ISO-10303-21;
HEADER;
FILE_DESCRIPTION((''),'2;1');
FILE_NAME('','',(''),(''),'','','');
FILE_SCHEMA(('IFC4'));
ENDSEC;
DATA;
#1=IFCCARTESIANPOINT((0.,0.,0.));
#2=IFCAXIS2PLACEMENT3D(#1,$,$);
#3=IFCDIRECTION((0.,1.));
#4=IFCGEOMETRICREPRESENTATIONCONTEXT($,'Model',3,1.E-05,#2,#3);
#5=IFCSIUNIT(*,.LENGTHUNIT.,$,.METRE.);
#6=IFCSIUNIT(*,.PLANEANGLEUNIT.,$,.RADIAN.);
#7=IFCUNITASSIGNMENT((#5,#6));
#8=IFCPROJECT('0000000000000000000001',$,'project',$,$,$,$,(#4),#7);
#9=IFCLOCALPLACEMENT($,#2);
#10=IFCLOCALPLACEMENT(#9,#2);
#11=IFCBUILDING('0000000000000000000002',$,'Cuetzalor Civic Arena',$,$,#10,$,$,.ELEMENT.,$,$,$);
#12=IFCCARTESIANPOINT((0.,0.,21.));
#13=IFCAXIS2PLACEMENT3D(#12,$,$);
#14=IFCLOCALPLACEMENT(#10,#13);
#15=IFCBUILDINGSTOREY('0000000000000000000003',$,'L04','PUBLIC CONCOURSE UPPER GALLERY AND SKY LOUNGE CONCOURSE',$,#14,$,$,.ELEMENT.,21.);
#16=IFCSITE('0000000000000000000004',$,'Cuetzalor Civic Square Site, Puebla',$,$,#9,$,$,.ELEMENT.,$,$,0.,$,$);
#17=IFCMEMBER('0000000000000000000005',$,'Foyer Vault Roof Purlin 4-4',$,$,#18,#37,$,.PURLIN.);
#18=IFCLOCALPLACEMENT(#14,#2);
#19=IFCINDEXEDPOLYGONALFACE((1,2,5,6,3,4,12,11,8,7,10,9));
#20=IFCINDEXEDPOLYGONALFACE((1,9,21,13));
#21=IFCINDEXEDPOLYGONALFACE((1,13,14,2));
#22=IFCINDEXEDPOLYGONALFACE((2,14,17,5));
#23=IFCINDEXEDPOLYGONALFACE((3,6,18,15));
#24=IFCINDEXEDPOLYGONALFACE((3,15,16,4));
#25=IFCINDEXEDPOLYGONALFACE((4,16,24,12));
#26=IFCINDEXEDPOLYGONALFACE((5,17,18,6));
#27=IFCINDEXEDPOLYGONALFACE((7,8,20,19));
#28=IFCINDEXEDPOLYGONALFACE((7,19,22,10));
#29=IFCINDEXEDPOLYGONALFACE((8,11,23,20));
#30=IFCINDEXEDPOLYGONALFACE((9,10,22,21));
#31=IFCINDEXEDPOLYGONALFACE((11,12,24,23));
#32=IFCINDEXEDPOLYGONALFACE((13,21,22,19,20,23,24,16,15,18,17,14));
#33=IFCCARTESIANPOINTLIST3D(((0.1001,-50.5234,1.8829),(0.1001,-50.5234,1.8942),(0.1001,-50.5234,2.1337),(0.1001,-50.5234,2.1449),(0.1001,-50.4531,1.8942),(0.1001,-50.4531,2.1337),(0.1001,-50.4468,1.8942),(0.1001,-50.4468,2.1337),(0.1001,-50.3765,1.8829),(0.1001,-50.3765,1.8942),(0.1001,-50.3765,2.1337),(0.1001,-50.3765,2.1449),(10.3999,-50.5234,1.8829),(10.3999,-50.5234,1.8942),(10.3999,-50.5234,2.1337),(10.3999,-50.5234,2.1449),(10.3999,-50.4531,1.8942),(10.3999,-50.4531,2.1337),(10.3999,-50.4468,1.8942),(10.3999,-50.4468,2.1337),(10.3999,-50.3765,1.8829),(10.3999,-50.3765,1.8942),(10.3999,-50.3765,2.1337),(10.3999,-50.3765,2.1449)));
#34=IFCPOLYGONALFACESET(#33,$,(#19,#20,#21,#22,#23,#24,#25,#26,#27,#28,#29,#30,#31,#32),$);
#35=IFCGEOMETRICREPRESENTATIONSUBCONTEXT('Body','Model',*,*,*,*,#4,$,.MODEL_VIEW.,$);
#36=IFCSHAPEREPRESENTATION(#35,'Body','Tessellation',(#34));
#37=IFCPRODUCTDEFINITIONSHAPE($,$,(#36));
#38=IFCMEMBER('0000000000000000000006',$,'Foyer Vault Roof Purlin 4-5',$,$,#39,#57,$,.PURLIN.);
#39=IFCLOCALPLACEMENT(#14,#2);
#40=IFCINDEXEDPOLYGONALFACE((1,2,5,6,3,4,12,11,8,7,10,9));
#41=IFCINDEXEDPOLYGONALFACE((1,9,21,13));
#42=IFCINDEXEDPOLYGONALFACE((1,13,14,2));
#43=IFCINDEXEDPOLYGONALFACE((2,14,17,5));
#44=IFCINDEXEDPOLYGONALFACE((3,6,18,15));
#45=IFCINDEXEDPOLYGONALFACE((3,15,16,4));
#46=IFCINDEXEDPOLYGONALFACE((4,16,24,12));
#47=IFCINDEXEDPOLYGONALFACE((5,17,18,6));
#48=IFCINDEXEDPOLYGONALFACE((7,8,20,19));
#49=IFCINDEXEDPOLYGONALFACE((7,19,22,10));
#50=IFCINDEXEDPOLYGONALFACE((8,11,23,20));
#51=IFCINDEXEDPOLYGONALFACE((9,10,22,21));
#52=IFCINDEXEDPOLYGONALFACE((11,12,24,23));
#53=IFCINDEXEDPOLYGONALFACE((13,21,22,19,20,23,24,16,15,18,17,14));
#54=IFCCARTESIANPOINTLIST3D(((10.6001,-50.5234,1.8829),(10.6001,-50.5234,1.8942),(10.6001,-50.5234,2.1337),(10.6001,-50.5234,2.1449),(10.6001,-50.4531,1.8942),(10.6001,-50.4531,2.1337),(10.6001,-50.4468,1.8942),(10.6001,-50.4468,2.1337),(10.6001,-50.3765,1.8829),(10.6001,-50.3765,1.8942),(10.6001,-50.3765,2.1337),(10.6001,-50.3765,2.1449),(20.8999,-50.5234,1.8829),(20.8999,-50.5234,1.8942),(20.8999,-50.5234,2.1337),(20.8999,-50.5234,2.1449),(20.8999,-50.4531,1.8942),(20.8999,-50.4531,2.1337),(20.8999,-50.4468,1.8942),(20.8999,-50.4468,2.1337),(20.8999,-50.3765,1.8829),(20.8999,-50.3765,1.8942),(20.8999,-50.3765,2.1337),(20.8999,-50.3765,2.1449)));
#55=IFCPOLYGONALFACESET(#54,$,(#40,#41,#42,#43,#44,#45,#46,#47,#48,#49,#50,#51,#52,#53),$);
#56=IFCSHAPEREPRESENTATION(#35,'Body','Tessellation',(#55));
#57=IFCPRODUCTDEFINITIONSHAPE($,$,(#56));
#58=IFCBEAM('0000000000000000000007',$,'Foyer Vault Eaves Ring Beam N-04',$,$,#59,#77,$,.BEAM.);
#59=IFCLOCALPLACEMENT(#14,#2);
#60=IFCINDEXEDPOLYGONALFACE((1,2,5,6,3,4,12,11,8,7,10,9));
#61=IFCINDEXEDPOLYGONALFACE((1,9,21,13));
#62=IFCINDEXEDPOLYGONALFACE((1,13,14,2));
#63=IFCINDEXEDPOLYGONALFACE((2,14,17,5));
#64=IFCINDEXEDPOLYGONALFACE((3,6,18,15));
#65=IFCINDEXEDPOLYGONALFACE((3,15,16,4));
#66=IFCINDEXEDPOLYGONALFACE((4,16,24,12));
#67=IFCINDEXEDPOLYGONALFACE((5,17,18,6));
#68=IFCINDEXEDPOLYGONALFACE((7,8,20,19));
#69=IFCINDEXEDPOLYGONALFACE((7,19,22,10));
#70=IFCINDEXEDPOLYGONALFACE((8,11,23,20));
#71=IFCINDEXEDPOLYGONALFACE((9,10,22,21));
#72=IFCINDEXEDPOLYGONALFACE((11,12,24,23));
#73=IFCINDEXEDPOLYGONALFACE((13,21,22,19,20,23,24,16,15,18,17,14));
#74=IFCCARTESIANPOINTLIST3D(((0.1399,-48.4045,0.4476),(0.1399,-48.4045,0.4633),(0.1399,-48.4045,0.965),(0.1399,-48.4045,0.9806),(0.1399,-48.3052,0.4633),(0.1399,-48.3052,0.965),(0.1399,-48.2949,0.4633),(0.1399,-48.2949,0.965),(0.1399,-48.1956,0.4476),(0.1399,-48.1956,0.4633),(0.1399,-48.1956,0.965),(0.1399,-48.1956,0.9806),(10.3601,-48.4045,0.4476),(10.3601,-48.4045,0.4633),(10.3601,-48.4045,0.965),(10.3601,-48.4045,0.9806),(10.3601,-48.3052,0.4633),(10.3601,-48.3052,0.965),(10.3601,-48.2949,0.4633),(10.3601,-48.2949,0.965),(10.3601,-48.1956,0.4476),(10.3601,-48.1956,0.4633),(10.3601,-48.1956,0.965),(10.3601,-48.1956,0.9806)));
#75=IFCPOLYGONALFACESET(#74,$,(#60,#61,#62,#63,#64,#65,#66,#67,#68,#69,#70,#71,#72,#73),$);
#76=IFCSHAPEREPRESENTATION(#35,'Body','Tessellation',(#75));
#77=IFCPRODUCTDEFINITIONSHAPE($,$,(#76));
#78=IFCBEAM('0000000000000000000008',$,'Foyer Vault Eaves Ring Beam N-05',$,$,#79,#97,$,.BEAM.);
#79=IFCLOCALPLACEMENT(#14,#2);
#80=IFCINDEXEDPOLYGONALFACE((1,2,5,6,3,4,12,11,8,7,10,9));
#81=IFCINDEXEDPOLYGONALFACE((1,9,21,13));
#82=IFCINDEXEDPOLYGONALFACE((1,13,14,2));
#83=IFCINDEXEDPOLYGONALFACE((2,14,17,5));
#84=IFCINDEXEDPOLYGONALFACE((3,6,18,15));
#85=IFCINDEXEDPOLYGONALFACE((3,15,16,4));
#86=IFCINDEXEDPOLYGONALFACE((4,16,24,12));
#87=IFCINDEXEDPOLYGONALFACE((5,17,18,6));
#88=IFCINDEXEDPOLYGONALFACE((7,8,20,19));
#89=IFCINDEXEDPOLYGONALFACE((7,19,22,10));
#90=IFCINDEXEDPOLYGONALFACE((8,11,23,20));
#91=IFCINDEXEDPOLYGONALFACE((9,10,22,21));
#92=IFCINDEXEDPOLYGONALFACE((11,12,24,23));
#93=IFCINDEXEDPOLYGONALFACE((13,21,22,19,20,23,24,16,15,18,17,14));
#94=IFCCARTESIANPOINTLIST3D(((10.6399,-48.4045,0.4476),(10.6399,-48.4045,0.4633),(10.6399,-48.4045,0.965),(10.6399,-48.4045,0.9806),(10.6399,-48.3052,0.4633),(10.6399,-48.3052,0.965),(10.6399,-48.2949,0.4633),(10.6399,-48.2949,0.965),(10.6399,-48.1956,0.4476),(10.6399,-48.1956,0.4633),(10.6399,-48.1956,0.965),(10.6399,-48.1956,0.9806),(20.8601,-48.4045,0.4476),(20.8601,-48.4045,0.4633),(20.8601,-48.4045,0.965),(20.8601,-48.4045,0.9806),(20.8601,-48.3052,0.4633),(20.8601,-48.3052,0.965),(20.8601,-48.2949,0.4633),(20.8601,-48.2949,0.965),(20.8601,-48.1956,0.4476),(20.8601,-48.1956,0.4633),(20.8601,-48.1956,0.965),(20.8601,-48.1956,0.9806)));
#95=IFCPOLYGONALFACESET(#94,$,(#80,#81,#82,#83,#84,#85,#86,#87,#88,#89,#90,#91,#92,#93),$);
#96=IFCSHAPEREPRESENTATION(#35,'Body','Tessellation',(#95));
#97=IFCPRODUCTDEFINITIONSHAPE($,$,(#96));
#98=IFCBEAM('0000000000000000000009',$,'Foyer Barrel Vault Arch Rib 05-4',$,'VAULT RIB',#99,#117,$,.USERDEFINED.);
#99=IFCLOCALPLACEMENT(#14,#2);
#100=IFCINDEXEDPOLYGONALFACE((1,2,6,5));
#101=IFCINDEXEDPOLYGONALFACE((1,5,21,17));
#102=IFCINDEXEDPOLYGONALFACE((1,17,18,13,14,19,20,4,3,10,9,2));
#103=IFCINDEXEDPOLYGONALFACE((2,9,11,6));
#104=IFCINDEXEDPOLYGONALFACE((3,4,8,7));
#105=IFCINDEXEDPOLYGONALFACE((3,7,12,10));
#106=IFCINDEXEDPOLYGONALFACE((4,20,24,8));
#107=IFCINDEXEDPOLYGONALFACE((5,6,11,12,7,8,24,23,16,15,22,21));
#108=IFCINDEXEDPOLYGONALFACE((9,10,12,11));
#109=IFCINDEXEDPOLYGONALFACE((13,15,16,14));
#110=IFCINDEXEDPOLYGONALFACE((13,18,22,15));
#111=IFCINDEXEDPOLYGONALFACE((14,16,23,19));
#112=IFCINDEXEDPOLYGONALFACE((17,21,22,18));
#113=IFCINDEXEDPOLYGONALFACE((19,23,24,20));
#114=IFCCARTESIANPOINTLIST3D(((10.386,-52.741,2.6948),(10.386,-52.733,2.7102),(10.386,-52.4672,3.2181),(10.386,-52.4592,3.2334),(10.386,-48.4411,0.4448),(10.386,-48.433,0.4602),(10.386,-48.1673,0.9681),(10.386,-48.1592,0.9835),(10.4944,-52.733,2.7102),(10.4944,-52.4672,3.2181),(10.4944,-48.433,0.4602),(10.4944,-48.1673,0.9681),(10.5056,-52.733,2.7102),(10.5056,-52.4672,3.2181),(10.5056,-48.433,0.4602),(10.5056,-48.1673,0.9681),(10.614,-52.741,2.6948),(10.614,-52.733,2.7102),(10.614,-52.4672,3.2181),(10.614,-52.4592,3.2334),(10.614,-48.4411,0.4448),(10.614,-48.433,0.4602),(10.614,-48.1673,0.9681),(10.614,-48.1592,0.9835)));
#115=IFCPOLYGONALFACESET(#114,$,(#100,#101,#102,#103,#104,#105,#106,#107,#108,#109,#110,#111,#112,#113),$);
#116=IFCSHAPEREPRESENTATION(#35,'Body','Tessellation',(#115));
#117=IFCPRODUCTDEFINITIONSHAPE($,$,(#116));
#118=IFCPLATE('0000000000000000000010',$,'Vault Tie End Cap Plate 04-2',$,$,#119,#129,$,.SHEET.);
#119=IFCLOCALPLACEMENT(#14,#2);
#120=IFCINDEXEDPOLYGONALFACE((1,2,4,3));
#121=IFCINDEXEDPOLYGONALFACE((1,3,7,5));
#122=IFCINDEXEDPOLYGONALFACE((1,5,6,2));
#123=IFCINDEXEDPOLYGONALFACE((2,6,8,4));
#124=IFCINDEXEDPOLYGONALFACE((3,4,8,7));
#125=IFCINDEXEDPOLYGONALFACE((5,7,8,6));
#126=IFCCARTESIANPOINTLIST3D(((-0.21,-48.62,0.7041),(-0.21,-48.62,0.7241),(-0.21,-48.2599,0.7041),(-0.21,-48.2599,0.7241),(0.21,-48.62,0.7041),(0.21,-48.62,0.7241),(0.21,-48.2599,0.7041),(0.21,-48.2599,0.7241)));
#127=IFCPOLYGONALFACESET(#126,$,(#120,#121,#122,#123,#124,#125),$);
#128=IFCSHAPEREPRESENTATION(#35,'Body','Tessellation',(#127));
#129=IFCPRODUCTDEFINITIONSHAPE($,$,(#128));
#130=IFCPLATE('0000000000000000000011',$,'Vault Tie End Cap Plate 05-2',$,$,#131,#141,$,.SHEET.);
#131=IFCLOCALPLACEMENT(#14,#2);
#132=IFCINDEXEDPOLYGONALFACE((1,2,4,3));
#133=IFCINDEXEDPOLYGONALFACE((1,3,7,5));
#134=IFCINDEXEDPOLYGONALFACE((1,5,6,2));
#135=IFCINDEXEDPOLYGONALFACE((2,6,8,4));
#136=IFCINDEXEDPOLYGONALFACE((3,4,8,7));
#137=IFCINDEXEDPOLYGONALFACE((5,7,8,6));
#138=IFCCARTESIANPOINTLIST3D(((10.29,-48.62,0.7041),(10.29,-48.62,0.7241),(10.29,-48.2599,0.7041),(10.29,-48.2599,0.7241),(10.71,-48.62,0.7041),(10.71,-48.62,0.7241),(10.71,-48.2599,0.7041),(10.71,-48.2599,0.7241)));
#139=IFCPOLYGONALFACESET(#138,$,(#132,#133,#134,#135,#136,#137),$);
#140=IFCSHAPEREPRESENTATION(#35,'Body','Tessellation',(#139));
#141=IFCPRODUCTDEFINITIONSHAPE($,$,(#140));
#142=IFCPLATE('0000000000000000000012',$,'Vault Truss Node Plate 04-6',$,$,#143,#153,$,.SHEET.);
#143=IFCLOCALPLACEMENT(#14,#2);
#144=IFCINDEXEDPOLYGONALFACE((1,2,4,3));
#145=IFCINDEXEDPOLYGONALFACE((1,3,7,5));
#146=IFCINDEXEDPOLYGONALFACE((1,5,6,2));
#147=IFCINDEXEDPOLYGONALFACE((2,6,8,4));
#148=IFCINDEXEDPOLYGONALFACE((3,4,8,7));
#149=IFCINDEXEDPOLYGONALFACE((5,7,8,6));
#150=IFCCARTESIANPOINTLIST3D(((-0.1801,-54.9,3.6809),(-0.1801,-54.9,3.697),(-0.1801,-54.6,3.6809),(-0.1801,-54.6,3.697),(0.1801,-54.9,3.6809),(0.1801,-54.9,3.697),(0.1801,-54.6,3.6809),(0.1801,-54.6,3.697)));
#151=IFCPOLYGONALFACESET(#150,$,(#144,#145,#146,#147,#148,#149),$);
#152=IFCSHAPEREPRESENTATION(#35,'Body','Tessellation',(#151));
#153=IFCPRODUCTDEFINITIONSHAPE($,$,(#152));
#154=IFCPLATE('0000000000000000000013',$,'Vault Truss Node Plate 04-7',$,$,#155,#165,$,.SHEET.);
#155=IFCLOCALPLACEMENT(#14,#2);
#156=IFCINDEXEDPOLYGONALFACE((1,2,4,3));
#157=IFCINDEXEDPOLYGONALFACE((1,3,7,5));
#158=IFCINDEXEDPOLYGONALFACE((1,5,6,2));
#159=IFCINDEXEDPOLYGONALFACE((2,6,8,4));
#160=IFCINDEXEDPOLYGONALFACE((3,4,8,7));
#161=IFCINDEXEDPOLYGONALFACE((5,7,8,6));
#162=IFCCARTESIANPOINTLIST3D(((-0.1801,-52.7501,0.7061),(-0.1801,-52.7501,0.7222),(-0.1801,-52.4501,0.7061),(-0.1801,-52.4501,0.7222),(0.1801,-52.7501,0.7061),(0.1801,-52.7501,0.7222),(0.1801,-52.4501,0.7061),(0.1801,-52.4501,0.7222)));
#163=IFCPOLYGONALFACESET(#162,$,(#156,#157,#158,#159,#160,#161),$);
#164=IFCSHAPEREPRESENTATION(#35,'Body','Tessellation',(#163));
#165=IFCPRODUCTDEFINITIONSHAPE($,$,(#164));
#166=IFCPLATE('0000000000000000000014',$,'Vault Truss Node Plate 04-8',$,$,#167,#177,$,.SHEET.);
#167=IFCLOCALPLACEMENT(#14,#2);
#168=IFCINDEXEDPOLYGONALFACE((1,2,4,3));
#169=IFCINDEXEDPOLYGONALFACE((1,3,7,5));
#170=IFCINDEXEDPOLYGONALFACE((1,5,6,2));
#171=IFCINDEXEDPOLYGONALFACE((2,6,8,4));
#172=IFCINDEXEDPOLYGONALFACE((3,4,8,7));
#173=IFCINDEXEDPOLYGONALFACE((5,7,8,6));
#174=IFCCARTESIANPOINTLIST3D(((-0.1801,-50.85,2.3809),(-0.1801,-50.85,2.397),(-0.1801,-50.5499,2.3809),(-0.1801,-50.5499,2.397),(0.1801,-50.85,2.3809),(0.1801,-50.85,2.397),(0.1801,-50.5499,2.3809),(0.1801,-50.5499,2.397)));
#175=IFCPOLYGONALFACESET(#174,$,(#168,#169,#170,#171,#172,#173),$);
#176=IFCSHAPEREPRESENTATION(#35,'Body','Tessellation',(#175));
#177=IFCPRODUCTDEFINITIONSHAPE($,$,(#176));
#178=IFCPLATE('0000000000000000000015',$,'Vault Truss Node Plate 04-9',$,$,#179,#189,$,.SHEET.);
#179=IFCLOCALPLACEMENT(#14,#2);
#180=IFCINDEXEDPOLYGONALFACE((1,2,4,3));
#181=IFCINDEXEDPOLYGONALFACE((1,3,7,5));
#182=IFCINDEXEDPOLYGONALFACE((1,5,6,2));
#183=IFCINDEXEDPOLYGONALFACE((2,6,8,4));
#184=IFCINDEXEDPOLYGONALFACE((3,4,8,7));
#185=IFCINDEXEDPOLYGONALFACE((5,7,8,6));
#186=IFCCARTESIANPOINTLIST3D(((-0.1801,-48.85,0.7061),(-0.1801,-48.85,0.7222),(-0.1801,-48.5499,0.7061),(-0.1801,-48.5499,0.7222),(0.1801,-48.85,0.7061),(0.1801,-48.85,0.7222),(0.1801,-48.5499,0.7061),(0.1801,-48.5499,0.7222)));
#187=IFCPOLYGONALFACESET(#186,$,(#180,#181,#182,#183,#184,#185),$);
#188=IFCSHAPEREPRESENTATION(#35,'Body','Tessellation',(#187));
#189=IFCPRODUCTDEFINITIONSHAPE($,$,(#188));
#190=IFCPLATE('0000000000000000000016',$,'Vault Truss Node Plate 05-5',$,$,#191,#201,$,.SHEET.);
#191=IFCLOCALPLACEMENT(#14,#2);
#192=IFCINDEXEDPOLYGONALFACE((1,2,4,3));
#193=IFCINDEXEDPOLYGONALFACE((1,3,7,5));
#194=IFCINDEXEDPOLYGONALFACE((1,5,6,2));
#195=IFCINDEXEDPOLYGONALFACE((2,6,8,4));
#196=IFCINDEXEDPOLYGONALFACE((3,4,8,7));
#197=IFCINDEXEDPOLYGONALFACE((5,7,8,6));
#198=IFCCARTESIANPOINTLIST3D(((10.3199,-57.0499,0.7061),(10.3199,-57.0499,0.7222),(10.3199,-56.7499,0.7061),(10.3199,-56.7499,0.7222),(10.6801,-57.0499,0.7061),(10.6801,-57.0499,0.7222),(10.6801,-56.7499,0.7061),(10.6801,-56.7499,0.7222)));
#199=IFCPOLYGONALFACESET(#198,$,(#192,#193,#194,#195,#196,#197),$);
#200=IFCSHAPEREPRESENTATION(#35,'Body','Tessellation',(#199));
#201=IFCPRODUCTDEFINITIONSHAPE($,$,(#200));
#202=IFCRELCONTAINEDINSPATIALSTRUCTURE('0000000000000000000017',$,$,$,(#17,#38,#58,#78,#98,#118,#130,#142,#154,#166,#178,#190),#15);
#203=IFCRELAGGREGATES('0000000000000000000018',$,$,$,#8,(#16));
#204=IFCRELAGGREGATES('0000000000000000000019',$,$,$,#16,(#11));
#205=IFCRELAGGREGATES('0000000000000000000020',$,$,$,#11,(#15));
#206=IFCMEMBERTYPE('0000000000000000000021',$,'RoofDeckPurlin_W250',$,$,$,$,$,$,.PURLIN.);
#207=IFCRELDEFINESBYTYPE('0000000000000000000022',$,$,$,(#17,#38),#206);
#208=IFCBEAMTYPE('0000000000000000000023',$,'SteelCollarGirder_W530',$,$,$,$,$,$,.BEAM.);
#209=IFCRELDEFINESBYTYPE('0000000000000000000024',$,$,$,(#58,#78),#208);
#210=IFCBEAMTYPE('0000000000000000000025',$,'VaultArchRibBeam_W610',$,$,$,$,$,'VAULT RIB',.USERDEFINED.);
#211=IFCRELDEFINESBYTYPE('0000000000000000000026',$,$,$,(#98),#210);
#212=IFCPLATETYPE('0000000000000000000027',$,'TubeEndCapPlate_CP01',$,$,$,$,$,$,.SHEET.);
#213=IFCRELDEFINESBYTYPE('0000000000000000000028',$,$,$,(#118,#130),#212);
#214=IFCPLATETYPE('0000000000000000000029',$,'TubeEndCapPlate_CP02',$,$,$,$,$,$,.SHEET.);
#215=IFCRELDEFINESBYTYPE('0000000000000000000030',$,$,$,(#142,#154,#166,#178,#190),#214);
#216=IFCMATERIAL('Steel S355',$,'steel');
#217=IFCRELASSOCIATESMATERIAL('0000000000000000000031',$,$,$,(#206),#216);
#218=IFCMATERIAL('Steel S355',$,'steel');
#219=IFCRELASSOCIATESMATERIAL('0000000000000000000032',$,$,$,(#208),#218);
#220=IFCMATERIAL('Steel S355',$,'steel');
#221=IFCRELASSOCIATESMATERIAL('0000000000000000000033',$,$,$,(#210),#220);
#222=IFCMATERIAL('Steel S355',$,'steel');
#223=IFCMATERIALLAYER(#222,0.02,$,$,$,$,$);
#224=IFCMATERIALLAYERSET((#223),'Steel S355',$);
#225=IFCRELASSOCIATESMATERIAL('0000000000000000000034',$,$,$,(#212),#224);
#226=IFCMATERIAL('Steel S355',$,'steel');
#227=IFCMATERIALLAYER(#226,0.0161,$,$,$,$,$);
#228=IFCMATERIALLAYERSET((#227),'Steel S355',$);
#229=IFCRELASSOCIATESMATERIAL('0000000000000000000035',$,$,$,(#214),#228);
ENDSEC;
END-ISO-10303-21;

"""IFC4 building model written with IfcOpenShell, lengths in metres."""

from ifc_helpers import new_model, si_unit, direction, frame, origin, origin_2d, place, context, subcontext, project, spatial, rectangle, i_section, extrude, material, layer, layer_set, material_profile, profile_set, type_object, element, save


model = new_model("IFC4")

# Units and contexts
model_context = context("Model", 3, precision=1e-05, world=origin(), true_north=direction((0.0, 1.0)))
body_context = subcontext(model_context, "Body", "Model", "MODEL_VIEW")
ifc_project = project(units=[si_unit("LENGTHUNIT", "METRE"), si_unit("PLANEANGLEUNIT", "RADIAN")], contexts=[model_context])

# Site, building, storey
site_placement = place(None, origin())
site = spatial("IfcSite", under=ifc_project, at=site_placement, Name="Cuetzalor Civic Square Site, Puebla", CompositionType="ELEMENT", RefElevation=0.0)
building_placement = place(site_placement, origin())
building = spatial("IfcBuilding", under=site, at=building_placement, Name="Cuetzalor Civic Arena", CompositionType="ELEMENT")
storey_placement = place(building_placement, frame((0.0, 0.0, 21.0)))
storey = spatial("IfcBuildingStorey", under=building, at=storey_placement, Name="L04", Description="PUBLIC CONCOURSE UPPER GALLERY AND SKY LOUNGE CONCOURSE", CompositionType="ELEMENT", Elevation=21.0)

# Members
ifc_material_1 = material(Name="Steel S355", Category="steel")
ifc_material_profile_1 = material_profile(ifc_material_1, i_section(OverallWidth=0.147, OverallDepth=0.262, WebThickness=0.0063, FlangeThickness=0.0112, at=origin_2d()), Name="W250x39")
ifc_profile_set_1 = profile_set([ifc_material_profile_1], Name="Steel S355")
member_type_1 = type_object("IfcMemberType", Name="RoofDeckPurlin_W250", PredefinedType="PURLIN", material=ifc_profile_set_1)
for number, where, z_axis, x_axis, name in (
    (1, (0.1001, -50.45, 2.0139), (1.0, 0.0, 0.0), (0.0, 1.0, 0.0), "Foyer Vault Roof Purlin 4-4"),
    (2, (10.6001, -50.45, 2.0139), (1.0, 0.0, 0.0), (0.0, 1.0, 0.0), "Foyer Vault Roof Purlin 4-5"),
):
    element("IfcMember", number, at=place(storey_placement, frame(where, z_axis=z_axis, x_axis=x_axis)), inside=storey, type_object=member_type_1, Name=name, PredefinedType="PURLIN", context=body_context, shape_type="SweptSolid", body=[
        extrude(i_section(OverallWidth=0.147, OverallDepth=0.262, WebThickness=0.0063, FlangeThickness=0.0112, at=origin_2d()), origin(), (0.0, 0.0, 1.0), 10.2998),
    ])

# Beams
ifc_material_2 = material(Name="Steel S355", Category="steel")
ifc_material_profile_2 = material_profile(ifc_material_2, i_section(OverallWidth=0.209, OverallDepth=0.533, WebThickness=0.0103, FlangeThickness=0.0156, at=origin_2d()), Name="W530x92")
ifc_profile_set_2 = profile_set([ifc_material_profile_2], Name="Steel S355")
beam_type_1 = type_object("IfcBeamType", Name="SteelCollarGirder_W530", PredefinedType="BEAM", material=ifc_profile_set_2)
for number, where, z_axis, x_axis, name in (
    (3, (0.1399, -48.3, 0.7141), (1.0, 0.0, 0.0), (0.0, 1.0, 0.0), "Foyer Vault Eaves Ring Beam N-04"),
    (4, (10.6399, -48.3, 0.7141), (1.0, 0.0, 0.0), (0.0, 1.0, 0.0), "Foyer Vault Eaves Ring Beam N-05"),
):
    element("IfcBeam", number, at=place(storey_placement, frame(where, z_axis=z_axis, x_axis=x_axis)), inside=storey, type_object=beam_type_1, Name=name, PredefinedType="BEAM", context=body_context, shape_type="SweptSolid", body=[
        extrude(i_section(OverallWidth=0.209, OverallDepth=0.533, WebThickness=0.0103, FlangeThickness=0.0156, at=origin_2d()), origin(), (0.0, 0.0, 1.0), 10.2202),
    ])
ifc_material_3 = material(Name="Steel S355", Category="steel")
ifc_material_profile_3 = material_profile(ifc_material_3, i_section(OverallWidth=0.228, OverallDepth=0.6079, WebThickness=0.0112, FlangeThickness=0.0173, at=origin_2d()), Name="W610x113")
ifc_profile_set_3 = profile_set([ifc_material_profile_3], Name="Steel S355")
beam_type_2 = type_object("IfcBeamType", Name="VaultArchRibBeam_W610", ElementType="VAULT RIB", PredefinedType="USERDEFINED", material=ifc_profile_set_3)
beam_1_placement = place(storey_placement, frame((10.5, -52.6001, 2.9641), z_axis=(0.0, 0.886035, -0.463618), x_axis=(-1.0, 0.0, 0.0)))
element("IfcBeam", 5, at=beam_1_placement, inside=storey, type_object=beam_type_2, Name="Foyer Barrel Vault Arch Rib 05-4", ObjectType="VAULT RIB", PredefinedType="USERDEFINED", context=body_context, shape_type="SweptSolid", body=[
    extrude(i_section(OverallWidth=0.228, OverallDepth=0.6079, WebThickness=0.0112, FlangeThickness=0.0173, at=origin_2d()), origin(), (0.0, 0.0, 1.0), 4.853),
])

# Plates
ifc_material_4 = material(Name="Steel S355", Category="steel")
ifc_layer_1 = layer(ifc_material_4, 0.02)
ifc_layer_set_1 = layer_set([ifc_layer_1], Name="Steel S355")
plate_type_1 = type_object("IfcPlateType", Name="TubeEndCapPlate_CP01", PredefinedType="SHEET", material=ifc_layer_set_1)
for number, where, z_axis, x_axis, name in (
    (6, (0.0, -48.4399, 0.7041), (0.0, 0.0, 1.0), (1.0, 0.0, 0.0), "Vault Tie End Cap Plate 04-2"),
    (7, (10.5, -48.4399, 0.7041), (0.0, 0.0, 1.0), (1.0, 0.0, 0.0), "Vault Tie End Cap Plate 05-2"),
):
    element("IfcPlate", number, at=place(storey_placement, frame(where, z_axis=z_axis, x_axis=x_axis)), inside=storey, type_object=plate_type_1, Name=name, PredefinedType="SHEET", context=body_context, shape_type="SweptSolid", body=[
        extrude(rectangle(XDim=0.4199, YDim=0.3601, at=origin_2d()), origin(), (0.0, 0.0, 1.0), 0.02),
    ])
ifc_material_5 = material(Name="Steel S355", Category="steel")
ifc_layer_2 = layer(ifc_material_5, 0.0161)
ifc_layer_set_2 = layer_set([ifc_layer_2], Name="Steel S355")
plate_type_2 = type_object("IfcPlateType", Name="TubeEndCapPlate_CP02", PredefinedType="SHEET", material=ifc_layer_set_2)
for number, where, z_axis, x_axis, name in (
    (8, (0.0, -54.75, 3.6809), (0.0, 0.0, 1.0), (1.0, 0.0, 0.0), "Vault Truss Node Plate 04-6"),
    (9, (0.0, -52.6001, 0.7061), (0.0, 0.0, 1.0), (1.0, 0.0, 0.0), "Vault Truss Node Plate 04-7"),
    (10, (0.0, -50.7, 2.3809), (0.0, 0.0, 1.0), (1.0, 0.0, 0.0), "Vault Truss Node Plate 04-8"),
    (11, (0.0, -48.7, 0.7061), (0.0, 0.0, 1.0), (1.0, 0.0, 0.0), "Vault Truss Node Plate 04-9"),
    (12, (10.5, -56.8999, 0.7061), (0.0, 0.0, 1.0), (1.0, 0.0, 0.0), "Vault Truss Node Plate 05-5"),
):
    element("IfcPlate", number, at=place(storey_placement, frame(where, z_axis=z_axis, x_axis=x_axis)), inside=storey, type_object=plate_type_2, Name=name, PredefinedType="SHEET", context=body_context, shape_type="SweptSolid", body=[
        extrude(rectangle(XDim=0.3601, YDim=0.3, at=origin_2d()), origin(), (0.0, 0.0, 1.0), 0.0161),
    ])

save(model, "model.ifc")
